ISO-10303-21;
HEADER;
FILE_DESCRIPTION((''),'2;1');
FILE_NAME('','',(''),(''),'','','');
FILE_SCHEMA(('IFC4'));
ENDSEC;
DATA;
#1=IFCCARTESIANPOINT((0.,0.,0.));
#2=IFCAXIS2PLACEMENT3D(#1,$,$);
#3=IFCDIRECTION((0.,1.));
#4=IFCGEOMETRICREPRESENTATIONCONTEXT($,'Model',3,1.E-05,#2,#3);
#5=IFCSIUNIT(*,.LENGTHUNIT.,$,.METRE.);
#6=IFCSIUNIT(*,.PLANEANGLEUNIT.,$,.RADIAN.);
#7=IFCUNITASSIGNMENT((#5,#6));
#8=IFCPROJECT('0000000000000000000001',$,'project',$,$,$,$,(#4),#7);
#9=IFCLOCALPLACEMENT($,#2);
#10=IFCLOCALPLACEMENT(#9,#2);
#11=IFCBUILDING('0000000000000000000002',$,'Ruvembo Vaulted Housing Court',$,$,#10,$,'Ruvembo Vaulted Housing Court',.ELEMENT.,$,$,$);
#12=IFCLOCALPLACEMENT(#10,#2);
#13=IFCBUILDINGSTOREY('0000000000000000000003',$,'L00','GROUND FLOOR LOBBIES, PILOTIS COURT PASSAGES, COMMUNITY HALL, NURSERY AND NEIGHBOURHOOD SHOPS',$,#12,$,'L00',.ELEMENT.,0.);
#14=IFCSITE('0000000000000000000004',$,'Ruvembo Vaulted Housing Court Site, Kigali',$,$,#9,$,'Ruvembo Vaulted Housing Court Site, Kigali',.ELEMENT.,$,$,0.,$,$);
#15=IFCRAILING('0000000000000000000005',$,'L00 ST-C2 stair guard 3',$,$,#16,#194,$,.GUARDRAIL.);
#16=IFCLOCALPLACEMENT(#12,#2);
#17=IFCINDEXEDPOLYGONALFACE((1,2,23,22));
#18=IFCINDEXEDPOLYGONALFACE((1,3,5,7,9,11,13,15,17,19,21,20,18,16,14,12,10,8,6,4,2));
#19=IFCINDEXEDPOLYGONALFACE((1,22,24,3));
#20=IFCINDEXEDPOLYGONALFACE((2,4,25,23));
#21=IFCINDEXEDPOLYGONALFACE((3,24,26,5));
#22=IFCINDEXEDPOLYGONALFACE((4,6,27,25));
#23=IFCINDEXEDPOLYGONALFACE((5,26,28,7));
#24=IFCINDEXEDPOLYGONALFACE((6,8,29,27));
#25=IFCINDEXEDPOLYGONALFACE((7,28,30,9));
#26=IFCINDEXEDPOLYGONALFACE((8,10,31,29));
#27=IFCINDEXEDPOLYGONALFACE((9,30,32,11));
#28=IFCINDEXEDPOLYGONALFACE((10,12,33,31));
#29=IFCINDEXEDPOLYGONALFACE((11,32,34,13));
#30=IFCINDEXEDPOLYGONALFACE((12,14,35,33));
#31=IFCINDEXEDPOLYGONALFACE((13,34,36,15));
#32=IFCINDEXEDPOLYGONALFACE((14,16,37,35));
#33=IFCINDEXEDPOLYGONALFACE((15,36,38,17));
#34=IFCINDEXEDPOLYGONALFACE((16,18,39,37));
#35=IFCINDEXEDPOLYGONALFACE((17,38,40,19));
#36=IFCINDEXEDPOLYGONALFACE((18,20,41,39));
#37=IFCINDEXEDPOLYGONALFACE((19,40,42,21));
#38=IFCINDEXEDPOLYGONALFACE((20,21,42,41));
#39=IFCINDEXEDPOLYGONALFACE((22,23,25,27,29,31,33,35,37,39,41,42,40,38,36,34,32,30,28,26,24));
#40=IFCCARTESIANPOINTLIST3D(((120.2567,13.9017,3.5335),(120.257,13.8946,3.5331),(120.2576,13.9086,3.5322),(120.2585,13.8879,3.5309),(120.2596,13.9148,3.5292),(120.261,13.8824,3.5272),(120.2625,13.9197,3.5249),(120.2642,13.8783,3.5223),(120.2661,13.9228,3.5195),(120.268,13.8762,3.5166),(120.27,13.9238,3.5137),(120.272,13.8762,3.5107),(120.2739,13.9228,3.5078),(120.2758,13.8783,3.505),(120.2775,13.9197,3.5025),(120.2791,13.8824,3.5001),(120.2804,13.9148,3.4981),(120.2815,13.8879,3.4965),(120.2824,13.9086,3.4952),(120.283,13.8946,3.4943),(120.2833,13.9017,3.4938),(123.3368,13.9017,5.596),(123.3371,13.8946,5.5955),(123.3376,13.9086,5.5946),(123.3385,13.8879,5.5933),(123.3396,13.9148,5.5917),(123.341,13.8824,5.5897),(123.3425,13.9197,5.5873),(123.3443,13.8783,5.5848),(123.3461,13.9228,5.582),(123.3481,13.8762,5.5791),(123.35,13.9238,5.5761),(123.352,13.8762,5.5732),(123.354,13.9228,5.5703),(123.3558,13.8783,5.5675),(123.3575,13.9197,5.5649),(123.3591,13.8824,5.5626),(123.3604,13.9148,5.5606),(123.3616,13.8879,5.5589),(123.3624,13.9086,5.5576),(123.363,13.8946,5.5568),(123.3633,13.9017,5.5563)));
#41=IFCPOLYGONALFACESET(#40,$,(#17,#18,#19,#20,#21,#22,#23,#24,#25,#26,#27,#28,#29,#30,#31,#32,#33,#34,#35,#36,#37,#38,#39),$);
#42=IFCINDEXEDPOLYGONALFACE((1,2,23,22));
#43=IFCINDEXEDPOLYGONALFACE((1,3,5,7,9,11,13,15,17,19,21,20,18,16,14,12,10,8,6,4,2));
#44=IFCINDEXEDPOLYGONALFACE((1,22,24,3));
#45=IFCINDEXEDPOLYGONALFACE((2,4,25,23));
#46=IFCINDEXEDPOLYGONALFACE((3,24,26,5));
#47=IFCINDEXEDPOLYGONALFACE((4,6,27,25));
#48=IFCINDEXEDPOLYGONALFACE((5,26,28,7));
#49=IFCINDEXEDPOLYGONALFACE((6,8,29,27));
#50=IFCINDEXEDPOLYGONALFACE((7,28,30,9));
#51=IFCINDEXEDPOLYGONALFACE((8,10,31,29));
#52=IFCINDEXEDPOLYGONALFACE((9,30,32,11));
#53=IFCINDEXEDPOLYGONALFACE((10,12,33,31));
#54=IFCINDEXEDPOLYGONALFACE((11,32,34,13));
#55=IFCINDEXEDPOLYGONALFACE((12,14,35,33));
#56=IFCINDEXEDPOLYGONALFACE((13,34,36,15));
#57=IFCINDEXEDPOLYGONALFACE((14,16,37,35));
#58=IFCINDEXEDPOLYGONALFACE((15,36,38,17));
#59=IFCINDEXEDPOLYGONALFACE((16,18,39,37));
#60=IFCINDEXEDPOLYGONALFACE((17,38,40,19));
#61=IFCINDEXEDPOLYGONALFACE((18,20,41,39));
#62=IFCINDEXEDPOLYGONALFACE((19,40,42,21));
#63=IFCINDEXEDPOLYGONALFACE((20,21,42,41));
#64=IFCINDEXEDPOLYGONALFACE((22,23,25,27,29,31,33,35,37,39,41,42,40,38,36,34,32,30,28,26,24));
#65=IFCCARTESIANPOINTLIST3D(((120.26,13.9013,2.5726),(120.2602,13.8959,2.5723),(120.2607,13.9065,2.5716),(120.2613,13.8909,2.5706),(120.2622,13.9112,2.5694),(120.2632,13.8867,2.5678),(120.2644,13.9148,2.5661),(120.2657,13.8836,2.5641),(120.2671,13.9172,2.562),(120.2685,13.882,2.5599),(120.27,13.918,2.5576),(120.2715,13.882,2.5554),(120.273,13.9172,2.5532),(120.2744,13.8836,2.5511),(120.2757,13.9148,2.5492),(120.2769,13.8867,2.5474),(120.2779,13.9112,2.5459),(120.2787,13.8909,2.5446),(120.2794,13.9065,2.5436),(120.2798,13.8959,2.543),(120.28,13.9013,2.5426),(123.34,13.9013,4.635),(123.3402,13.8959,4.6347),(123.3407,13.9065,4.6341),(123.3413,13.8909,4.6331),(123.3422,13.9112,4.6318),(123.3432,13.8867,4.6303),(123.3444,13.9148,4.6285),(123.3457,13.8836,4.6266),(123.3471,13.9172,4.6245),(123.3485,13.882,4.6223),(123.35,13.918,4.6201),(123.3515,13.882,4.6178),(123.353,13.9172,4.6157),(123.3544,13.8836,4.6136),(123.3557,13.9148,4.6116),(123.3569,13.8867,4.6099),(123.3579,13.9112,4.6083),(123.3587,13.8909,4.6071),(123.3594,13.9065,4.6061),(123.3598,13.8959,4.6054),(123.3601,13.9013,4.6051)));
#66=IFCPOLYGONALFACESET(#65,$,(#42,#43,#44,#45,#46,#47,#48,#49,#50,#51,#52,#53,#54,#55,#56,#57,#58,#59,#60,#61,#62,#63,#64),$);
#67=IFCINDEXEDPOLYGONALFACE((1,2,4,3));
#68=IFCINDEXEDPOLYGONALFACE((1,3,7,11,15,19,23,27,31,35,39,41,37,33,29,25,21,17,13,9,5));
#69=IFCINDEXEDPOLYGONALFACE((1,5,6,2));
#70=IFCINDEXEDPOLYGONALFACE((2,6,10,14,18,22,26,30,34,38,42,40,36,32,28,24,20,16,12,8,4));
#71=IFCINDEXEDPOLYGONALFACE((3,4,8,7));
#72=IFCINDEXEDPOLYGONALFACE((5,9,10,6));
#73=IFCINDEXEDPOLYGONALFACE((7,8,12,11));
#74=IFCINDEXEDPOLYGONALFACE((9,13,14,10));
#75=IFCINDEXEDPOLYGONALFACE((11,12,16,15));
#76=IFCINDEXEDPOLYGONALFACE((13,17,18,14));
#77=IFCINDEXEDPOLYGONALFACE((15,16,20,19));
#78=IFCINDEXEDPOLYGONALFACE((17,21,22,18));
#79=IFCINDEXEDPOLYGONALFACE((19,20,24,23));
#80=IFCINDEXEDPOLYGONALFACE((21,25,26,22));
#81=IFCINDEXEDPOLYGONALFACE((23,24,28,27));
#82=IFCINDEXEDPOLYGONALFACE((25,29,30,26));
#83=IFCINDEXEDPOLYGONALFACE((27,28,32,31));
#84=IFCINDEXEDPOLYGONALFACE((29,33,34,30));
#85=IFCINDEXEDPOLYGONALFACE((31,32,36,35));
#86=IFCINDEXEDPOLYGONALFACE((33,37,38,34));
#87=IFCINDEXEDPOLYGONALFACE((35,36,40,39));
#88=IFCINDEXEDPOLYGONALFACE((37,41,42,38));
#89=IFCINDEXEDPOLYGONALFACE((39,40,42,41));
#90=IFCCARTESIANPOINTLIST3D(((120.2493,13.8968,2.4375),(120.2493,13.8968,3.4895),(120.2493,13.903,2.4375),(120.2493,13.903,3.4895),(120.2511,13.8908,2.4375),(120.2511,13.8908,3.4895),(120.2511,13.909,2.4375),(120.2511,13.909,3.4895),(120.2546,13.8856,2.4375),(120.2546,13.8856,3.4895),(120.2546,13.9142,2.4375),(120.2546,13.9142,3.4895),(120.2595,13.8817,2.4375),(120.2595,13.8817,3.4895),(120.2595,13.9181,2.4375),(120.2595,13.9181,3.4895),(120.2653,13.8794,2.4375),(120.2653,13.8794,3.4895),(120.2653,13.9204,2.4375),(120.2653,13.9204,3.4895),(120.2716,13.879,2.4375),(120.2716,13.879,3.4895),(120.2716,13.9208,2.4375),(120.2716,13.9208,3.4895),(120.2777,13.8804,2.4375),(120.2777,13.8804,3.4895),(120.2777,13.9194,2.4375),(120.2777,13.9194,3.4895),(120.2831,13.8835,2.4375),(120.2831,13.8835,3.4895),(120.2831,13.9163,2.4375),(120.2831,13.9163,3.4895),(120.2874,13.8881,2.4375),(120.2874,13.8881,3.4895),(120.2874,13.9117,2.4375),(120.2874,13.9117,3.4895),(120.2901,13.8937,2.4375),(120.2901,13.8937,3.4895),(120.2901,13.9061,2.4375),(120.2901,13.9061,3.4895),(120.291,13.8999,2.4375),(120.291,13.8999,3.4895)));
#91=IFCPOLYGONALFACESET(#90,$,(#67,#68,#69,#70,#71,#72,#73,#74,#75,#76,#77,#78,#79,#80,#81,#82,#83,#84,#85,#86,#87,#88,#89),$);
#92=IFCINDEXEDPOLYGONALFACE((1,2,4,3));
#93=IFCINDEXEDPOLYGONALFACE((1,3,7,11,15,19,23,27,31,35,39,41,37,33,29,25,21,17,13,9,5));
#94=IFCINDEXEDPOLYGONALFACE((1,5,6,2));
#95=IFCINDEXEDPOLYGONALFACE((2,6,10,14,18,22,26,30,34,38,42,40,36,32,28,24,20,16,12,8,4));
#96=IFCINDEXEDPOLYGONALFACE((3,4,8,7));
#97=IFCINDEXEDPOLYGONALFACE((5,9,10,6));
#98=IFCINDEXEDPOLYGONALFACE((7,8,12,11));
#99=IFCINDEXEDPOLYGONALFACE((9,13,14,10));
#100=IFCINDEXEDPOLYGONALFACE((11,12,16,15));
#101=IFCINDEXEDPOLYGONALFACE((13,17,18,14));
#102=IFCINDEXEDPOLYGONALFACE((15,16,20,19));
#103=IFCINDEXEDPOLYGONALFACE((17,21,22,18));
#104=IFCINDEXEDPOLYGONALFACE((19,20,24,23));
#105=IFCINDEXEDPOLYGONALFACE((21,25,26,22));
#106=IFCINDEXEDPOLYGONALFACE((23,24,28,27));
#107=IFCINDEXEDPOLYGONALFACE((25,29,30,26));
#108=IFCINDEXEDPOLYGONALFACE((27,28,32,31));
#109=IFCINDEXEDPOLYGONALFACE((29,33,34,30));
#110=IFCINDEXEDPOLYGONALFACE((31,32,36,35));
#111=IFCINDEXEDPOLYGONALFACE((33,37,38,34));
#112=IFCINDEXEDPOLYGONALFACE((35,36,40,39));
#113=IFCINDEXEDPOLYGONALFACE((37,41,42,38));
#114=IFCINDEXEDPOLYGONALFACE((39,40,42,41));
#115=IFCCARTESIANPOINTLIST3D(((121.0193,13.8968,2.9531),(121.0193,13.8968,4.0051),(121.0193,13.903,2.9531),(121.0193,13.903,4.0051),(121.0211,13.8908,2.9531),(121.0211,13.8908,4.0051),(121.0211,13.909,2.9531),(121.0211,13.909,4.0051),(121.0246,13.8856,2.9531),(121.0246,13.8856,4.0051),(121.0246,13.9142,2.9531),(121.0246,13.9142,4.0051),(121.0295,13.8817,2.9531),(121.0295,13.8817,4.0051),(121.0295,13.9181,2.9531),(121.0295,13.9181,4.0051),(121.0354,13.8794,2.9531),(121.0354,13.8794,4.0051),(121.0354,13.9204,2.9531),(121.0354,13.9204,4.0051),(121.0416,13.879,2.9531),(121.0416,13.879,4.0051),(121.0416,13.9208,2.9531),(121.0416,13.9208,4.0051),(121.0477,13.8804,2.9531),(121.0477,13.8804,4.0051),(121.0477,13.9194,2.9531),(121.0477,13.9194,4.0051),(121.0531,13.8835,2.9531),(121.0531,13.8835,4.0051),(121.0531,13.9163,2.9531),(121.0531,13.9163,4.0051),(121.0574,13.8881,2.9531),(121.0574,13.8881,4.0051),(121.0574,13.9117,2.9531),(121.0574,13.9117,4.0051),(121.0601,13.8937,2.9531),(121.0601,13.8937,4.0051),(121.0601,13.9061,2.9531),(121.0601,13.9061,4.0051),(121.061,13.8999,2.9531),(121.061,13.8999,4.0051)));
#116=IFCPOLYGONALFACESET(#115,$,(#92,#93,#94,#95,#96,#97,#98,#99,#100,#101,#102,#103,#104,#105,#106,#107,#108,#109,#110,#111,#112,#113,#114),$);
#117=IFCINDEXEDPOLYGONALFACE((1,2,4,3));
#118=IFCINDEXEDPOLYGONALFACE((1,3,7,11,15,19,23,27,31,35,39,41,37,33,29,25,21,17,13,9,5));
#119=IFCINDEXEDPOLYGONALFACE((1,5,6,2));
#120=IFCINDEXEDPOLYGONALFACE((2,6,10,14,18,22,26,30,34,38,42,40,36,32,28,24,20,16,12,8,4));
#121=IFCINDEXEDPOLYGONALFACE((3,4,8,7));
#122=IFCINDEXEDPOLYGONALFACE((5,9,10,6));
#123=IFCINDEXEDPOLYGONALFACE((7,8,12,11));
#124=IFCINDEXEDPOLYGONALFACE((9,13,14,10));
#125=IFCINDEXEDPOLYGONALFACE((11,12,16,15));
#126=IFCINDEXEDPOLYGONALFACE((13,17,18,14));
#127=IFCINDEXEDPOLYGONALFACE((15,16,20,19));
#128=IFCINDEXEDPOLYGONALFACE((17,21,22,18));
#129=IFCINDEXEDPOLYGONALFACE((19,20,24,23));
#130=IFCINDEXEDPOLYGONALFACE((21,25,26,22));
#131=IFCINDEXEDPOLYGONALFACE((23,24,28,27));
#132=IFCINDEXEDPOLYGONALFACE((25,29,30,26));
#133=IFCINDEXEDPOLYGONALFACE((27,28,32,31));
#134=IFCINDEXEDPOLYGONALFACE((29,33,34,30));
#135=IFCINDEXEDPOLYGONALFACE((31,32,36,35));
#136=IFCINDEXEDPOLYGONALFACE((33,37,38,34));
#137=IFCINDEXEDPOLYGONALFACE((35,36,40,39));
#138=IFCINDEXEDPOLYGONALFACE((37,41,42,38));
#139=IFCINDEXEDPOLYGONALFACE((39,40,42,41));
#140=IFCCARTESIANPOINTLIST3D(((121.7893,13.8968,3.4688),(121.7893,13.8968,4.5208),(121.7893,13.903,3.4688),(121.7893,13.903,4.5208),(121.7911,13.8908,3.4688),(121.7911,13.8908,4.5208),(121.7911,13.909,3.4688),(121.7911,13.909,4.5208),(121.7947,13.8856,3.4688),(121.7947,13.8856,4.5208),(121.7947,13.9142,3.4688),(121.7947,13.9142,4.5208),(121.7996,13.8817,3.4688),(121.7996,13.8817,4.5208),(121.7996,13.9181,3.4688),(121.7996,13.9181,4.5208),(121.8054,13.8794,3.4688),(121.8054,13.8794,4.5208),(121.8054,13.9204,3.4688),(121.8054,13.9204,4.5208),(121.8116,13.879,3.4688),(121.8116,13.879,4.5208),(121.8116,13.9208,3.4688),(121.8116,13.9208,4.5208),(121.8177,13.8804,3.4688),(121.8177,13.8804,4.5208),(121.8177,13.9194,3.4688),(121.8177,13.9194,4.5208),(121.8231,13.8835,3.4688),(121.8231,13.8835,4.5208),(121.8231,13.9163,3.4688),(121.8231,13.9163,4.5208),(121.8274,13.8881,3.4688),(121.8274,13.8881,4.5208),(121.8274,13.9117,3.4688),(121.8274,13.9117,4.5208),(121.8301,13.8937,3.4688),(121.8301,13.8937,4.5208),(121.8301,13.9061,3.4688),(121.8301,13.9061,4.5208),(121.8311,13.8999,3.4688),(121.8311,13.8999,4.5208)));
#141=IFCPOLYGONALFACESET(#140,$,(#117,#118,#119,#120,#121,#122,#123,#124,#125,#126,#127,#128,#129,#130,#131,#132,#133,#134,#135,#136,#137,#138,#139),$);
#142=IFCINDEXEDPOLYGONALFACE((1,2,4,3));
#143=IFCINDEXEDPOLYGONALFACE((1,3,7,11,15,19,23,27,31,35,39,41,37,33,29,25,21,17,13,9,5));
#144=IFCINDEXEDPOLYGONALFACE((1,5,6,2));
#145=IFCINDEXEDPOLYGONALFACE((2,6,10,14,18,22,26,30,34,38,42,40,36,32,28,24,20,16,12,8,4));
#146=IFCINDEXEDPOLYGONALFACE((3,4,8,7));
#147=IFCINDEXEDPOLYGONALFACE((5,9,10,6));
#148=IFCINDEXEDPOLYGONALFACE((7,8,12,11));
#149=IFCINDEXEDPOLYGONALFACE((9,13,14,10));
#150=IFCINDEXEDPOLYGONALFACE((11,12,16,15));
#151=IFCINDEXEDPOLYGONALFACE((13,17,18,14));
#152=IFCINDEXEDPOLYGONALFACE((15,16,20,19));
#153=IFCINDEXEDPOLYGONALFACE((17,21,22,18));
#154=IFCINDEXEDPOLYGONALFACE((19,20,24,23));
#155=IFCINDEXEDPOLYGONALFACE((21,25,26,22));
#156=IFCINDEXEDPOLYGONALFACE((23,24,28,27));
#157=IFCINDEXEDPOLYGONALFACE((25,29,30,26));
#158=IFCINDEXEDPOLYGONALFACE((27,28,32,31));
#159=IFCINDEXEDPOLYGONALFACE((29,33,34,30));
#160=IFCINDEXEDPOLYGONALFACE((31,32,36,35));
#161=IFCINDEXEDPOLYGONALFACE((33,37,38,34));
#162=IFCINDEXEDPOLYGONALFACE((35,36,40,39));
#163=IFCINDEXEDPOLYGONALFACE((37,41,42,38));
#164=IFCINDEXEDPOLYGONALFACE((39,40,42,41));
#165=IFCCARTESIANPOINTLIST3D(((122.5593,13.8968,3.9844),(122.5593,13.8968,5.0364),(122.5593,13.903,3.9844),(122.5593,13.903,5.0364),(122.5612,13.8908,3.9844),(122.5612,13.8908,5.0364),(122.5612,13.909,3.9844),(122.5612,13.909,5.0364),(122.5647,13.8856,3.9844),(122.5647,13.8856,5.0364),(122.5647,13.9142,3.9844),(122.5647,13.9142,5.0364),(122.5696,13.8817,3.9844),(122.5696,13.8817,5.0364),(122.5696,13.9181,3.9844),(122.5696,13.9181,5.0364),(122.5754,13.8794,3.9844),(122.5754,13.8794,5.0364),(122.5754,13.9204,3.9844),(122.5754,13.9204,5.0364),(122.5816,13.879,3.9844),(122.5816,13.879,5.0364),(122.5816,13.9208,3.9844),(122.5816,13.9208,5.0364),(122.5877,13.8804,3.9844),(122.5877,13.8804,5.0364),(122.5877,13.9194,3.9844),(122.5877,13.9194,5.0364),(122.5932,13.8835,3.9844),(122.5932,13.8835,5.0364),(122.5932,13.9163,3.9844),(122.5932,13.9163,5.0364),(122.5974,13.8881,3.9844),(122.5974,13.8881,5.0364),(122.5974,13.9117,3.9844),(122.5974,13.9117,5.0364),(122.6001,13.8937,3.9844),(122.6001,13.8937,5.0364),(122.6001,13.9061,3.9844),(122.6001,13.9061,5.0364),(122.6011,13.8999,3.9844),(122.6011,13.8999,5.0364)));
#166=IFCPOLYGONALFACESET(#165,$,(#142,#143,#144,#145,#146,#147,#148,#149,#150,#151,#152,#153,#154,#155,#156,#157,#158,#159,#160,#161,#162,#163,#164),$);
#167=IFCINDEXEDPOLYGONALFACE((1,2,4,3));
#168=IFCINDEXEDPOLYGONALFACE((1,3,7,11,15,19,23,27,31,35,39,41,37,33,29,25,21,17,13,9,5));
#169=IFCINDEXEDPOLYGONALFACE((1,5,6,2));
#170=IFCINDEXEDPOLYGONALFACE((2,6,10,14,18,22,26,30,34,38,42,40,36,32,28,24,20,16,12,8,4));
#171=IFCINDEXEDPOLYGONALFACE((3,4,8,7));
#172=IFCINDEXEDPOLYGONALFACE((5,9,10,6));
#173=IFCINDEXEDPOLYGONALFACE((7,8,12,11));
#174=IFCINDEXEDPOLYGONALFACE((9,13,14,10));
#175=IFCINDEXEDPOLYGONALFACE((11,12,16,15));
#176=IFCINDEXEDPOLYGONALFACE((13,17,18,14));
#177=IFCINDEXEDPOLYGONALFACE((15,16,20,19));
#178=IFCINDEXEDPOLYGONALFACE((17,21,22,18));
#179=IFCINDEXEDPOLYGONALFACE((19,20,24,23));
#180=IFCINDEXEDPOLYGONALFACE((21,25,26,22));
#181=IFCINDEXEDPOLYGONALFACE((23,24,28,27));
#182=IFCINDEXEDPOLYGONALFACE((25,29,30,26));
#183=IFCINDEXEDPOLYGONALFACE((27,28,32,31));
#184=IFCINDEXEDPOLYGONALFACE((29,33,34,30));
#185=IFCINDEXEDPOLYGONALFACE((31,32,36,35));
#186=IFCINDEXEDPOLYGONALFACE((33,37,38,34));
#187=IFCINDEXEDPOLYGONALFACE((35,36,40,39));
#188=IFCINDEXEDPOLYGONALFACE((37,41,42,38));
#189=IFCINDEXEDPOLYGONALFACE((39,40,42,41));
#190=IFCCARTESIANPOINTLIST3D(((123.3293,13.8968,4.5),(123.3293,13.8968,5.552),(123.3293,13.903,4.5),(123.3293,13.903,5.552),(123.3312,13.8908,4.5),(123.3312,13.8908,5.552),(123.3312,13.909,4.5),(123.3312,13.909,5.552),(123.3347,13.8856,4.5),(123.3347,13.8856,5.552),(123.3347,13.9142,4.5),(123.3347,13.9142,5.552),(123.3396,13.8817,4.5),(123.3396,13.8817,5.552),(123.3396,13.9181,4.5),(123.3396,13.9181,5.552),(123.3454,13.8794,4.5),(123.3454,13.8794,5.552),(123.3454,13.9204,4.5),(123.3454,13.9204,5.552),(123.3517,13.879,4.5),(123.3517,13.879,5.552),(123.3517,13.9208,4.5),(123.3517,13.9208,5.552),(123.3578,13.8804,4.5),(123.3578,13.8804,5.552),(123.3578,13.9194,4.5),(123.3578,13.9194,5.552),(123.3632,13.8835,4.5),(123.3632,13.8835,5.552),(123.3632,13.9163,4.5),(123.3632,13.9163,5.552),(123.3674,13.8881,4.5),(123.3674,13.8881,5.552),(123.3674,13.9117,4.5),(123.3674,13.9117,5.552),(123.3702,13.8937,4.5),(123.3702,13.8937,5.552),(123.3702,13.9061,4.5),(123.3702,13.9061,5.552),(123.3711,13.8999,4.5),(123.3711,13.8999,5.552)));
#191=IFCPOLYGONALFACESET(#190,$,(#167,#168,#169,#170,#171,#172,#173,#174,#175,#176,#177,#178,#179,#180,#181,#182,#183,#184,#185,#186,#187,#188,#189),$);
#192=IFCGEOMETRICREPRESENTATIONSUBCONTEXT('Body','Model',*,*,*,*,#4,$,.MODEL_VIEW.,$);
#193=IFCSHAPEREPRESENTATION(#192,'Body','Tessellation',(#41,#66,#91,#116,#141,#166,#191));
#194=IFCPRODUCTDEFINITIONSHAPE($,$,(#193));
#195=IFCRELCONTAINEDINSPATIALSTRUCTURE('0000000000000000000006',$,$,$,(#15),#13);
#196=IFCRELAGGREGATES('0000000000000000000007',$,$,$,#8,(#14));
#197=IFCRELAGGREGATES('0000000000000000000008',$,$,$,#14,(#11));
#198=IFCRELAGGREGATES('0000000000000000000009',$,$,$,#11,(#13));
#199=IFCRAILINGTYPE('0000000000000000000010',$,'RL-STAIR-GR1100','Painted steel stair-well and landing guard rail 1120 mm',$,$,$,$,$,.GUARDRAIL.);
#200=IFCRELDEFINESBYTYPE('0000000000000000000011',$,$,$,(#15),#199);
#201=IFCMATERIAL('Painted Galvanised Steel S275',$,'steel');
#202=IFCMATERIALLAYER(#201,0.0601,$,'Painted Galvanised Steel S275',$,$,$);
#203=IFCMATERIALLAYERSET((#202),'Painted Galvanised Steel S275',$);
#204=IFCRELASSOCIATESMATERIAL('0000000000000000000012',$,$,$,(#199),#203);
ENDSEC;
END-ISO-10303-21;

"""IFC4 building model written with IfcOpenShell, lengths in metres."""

from ifc_helpers import new_model, si_unit, direction, frame, origin, origin_2d, place, context, subcontext, project, spatial, circle, extrude, material, layer, layer_set, type_object, element, save


model = new_model("IFC4")

# Units and contexts
model_context = context("Model", 3, precision=1e-05, world=origin(), true_north=direction((0.0, 1.0)))
body_context = subcontext(model_context, "Body", "Model", "MODEL_VIEW")
ifc_project = project(units=[si_unit("LENGTHUNIT", "METRE"), si_unit("PLANEANGLEUNIT", "RADIAN")], contexts=[model_context])

# Site, building, storey
site_placement = place(None, origin())
site = spatial("IfcSite", under=ifc_project, at=site_placement, Name="Ruvembo Vaulted Housing Court Site, Kigali", LongName="Ruvembo Vaulted Housing Court Site, Kigali", CompositionType="ELEMENT", RefElevation=0.0)
building_placement = place(site_placement, origin())
building = spatial("IfcBuilding", under=site, at=building_placement, Name="Ruvembo Vaulted Housing Court", LongName="Ruvembo Vaulted Housing Court", CompositionType="ELEMENT")
storey_placement = place(building_placement, origin())
storey = spatial("IfcBuildingStorey", under=building, at=storey_placement, Name="L00", Description="GROUND FLOOR LOBBIES, PILOTIS COURT PASSAGES, COMMUNITY HALL, NURSERY AND NEIGHBOURHOOD SHOPS", LongName="L00", CompositionType="ELEMENT", Elevation=0.0)

# Railing
ifc_material_1 = material(Name="Painted Galvanised Steel S275", Category="steel")
ifc_layer_1 = layer(ifc_material_1, 0.0601, Name="Painted Galvanised Steel S275")
ifc_layer_set_1 = layer_set([ifc_layer_1], Name="Painted Galvanised Steel S275")
railing_type_1 = type_object("IfcRailingType", Name="RL-STAIR-GR1100", Description="Painted steel stair-well and landing guard rail 1120 mm", PredefinedType="GUARDRAIL", material=ifc_layer_set_1)
railing_1_placement = place(storey_placement, frame((120.27, 13.8999, 2.4375)))
element("IfcRailing", 1, at=railing_1_placement, inside=storey, type_object=railing_type_1, Name="L00 ST-C2 stair guard 3", PredefinedType="GUARDRAIL", context=body_context, shape_type="SweptSolid", body=[
    extrude(circle(Radius=0.0239, at=origin_2d()), frame((0.0, 0.0, 1.0762), z_axis=(0.830914, 0.0, 0.556401), x_axis=(0.0, 1.0, 0.0)), (0.0, 0.0, 1.0), 3.7068),
    extrude(circle(Radius=0.0181, at=origin_2d()), frame((0.0, 0.0, 0.1201), z_axis=(0.830914, 0.0, 0.556401), x_axis=(0.0, 1.0, 0.0)), (0.0, 0.0, 1.0), 3.7068),
    extrude(circle(Radius=0.021, at=origin_2d()), origin(), (0.0, 0.0, 1.0), 1.052),
    extrude(circle(Radius=0.021, at=origin_2d()), frame((0.77, 0.0, 0.5156)), (0.0, 0.0, 1.0), 1.052),
    extrude(circle(Radius=0.021, at=origin_2d()), frame((1.54, 0.0, 1.0312)), (0.0, 0.0, 1.0), 1.052),
    extrude(circle(Radius=0.021, at=origin_2d()), frame((2.3101, 0.0, 1.5469)), (0.0, 0.0, 1.0), 1.052),
    extrude(circle(Radius=0.021, at=origin_2d()), frame((3.0801, 0.0, 2.0625)), (0.0, 0.0, 1.0), 1.052),
])

save(model, "model.ifc")
